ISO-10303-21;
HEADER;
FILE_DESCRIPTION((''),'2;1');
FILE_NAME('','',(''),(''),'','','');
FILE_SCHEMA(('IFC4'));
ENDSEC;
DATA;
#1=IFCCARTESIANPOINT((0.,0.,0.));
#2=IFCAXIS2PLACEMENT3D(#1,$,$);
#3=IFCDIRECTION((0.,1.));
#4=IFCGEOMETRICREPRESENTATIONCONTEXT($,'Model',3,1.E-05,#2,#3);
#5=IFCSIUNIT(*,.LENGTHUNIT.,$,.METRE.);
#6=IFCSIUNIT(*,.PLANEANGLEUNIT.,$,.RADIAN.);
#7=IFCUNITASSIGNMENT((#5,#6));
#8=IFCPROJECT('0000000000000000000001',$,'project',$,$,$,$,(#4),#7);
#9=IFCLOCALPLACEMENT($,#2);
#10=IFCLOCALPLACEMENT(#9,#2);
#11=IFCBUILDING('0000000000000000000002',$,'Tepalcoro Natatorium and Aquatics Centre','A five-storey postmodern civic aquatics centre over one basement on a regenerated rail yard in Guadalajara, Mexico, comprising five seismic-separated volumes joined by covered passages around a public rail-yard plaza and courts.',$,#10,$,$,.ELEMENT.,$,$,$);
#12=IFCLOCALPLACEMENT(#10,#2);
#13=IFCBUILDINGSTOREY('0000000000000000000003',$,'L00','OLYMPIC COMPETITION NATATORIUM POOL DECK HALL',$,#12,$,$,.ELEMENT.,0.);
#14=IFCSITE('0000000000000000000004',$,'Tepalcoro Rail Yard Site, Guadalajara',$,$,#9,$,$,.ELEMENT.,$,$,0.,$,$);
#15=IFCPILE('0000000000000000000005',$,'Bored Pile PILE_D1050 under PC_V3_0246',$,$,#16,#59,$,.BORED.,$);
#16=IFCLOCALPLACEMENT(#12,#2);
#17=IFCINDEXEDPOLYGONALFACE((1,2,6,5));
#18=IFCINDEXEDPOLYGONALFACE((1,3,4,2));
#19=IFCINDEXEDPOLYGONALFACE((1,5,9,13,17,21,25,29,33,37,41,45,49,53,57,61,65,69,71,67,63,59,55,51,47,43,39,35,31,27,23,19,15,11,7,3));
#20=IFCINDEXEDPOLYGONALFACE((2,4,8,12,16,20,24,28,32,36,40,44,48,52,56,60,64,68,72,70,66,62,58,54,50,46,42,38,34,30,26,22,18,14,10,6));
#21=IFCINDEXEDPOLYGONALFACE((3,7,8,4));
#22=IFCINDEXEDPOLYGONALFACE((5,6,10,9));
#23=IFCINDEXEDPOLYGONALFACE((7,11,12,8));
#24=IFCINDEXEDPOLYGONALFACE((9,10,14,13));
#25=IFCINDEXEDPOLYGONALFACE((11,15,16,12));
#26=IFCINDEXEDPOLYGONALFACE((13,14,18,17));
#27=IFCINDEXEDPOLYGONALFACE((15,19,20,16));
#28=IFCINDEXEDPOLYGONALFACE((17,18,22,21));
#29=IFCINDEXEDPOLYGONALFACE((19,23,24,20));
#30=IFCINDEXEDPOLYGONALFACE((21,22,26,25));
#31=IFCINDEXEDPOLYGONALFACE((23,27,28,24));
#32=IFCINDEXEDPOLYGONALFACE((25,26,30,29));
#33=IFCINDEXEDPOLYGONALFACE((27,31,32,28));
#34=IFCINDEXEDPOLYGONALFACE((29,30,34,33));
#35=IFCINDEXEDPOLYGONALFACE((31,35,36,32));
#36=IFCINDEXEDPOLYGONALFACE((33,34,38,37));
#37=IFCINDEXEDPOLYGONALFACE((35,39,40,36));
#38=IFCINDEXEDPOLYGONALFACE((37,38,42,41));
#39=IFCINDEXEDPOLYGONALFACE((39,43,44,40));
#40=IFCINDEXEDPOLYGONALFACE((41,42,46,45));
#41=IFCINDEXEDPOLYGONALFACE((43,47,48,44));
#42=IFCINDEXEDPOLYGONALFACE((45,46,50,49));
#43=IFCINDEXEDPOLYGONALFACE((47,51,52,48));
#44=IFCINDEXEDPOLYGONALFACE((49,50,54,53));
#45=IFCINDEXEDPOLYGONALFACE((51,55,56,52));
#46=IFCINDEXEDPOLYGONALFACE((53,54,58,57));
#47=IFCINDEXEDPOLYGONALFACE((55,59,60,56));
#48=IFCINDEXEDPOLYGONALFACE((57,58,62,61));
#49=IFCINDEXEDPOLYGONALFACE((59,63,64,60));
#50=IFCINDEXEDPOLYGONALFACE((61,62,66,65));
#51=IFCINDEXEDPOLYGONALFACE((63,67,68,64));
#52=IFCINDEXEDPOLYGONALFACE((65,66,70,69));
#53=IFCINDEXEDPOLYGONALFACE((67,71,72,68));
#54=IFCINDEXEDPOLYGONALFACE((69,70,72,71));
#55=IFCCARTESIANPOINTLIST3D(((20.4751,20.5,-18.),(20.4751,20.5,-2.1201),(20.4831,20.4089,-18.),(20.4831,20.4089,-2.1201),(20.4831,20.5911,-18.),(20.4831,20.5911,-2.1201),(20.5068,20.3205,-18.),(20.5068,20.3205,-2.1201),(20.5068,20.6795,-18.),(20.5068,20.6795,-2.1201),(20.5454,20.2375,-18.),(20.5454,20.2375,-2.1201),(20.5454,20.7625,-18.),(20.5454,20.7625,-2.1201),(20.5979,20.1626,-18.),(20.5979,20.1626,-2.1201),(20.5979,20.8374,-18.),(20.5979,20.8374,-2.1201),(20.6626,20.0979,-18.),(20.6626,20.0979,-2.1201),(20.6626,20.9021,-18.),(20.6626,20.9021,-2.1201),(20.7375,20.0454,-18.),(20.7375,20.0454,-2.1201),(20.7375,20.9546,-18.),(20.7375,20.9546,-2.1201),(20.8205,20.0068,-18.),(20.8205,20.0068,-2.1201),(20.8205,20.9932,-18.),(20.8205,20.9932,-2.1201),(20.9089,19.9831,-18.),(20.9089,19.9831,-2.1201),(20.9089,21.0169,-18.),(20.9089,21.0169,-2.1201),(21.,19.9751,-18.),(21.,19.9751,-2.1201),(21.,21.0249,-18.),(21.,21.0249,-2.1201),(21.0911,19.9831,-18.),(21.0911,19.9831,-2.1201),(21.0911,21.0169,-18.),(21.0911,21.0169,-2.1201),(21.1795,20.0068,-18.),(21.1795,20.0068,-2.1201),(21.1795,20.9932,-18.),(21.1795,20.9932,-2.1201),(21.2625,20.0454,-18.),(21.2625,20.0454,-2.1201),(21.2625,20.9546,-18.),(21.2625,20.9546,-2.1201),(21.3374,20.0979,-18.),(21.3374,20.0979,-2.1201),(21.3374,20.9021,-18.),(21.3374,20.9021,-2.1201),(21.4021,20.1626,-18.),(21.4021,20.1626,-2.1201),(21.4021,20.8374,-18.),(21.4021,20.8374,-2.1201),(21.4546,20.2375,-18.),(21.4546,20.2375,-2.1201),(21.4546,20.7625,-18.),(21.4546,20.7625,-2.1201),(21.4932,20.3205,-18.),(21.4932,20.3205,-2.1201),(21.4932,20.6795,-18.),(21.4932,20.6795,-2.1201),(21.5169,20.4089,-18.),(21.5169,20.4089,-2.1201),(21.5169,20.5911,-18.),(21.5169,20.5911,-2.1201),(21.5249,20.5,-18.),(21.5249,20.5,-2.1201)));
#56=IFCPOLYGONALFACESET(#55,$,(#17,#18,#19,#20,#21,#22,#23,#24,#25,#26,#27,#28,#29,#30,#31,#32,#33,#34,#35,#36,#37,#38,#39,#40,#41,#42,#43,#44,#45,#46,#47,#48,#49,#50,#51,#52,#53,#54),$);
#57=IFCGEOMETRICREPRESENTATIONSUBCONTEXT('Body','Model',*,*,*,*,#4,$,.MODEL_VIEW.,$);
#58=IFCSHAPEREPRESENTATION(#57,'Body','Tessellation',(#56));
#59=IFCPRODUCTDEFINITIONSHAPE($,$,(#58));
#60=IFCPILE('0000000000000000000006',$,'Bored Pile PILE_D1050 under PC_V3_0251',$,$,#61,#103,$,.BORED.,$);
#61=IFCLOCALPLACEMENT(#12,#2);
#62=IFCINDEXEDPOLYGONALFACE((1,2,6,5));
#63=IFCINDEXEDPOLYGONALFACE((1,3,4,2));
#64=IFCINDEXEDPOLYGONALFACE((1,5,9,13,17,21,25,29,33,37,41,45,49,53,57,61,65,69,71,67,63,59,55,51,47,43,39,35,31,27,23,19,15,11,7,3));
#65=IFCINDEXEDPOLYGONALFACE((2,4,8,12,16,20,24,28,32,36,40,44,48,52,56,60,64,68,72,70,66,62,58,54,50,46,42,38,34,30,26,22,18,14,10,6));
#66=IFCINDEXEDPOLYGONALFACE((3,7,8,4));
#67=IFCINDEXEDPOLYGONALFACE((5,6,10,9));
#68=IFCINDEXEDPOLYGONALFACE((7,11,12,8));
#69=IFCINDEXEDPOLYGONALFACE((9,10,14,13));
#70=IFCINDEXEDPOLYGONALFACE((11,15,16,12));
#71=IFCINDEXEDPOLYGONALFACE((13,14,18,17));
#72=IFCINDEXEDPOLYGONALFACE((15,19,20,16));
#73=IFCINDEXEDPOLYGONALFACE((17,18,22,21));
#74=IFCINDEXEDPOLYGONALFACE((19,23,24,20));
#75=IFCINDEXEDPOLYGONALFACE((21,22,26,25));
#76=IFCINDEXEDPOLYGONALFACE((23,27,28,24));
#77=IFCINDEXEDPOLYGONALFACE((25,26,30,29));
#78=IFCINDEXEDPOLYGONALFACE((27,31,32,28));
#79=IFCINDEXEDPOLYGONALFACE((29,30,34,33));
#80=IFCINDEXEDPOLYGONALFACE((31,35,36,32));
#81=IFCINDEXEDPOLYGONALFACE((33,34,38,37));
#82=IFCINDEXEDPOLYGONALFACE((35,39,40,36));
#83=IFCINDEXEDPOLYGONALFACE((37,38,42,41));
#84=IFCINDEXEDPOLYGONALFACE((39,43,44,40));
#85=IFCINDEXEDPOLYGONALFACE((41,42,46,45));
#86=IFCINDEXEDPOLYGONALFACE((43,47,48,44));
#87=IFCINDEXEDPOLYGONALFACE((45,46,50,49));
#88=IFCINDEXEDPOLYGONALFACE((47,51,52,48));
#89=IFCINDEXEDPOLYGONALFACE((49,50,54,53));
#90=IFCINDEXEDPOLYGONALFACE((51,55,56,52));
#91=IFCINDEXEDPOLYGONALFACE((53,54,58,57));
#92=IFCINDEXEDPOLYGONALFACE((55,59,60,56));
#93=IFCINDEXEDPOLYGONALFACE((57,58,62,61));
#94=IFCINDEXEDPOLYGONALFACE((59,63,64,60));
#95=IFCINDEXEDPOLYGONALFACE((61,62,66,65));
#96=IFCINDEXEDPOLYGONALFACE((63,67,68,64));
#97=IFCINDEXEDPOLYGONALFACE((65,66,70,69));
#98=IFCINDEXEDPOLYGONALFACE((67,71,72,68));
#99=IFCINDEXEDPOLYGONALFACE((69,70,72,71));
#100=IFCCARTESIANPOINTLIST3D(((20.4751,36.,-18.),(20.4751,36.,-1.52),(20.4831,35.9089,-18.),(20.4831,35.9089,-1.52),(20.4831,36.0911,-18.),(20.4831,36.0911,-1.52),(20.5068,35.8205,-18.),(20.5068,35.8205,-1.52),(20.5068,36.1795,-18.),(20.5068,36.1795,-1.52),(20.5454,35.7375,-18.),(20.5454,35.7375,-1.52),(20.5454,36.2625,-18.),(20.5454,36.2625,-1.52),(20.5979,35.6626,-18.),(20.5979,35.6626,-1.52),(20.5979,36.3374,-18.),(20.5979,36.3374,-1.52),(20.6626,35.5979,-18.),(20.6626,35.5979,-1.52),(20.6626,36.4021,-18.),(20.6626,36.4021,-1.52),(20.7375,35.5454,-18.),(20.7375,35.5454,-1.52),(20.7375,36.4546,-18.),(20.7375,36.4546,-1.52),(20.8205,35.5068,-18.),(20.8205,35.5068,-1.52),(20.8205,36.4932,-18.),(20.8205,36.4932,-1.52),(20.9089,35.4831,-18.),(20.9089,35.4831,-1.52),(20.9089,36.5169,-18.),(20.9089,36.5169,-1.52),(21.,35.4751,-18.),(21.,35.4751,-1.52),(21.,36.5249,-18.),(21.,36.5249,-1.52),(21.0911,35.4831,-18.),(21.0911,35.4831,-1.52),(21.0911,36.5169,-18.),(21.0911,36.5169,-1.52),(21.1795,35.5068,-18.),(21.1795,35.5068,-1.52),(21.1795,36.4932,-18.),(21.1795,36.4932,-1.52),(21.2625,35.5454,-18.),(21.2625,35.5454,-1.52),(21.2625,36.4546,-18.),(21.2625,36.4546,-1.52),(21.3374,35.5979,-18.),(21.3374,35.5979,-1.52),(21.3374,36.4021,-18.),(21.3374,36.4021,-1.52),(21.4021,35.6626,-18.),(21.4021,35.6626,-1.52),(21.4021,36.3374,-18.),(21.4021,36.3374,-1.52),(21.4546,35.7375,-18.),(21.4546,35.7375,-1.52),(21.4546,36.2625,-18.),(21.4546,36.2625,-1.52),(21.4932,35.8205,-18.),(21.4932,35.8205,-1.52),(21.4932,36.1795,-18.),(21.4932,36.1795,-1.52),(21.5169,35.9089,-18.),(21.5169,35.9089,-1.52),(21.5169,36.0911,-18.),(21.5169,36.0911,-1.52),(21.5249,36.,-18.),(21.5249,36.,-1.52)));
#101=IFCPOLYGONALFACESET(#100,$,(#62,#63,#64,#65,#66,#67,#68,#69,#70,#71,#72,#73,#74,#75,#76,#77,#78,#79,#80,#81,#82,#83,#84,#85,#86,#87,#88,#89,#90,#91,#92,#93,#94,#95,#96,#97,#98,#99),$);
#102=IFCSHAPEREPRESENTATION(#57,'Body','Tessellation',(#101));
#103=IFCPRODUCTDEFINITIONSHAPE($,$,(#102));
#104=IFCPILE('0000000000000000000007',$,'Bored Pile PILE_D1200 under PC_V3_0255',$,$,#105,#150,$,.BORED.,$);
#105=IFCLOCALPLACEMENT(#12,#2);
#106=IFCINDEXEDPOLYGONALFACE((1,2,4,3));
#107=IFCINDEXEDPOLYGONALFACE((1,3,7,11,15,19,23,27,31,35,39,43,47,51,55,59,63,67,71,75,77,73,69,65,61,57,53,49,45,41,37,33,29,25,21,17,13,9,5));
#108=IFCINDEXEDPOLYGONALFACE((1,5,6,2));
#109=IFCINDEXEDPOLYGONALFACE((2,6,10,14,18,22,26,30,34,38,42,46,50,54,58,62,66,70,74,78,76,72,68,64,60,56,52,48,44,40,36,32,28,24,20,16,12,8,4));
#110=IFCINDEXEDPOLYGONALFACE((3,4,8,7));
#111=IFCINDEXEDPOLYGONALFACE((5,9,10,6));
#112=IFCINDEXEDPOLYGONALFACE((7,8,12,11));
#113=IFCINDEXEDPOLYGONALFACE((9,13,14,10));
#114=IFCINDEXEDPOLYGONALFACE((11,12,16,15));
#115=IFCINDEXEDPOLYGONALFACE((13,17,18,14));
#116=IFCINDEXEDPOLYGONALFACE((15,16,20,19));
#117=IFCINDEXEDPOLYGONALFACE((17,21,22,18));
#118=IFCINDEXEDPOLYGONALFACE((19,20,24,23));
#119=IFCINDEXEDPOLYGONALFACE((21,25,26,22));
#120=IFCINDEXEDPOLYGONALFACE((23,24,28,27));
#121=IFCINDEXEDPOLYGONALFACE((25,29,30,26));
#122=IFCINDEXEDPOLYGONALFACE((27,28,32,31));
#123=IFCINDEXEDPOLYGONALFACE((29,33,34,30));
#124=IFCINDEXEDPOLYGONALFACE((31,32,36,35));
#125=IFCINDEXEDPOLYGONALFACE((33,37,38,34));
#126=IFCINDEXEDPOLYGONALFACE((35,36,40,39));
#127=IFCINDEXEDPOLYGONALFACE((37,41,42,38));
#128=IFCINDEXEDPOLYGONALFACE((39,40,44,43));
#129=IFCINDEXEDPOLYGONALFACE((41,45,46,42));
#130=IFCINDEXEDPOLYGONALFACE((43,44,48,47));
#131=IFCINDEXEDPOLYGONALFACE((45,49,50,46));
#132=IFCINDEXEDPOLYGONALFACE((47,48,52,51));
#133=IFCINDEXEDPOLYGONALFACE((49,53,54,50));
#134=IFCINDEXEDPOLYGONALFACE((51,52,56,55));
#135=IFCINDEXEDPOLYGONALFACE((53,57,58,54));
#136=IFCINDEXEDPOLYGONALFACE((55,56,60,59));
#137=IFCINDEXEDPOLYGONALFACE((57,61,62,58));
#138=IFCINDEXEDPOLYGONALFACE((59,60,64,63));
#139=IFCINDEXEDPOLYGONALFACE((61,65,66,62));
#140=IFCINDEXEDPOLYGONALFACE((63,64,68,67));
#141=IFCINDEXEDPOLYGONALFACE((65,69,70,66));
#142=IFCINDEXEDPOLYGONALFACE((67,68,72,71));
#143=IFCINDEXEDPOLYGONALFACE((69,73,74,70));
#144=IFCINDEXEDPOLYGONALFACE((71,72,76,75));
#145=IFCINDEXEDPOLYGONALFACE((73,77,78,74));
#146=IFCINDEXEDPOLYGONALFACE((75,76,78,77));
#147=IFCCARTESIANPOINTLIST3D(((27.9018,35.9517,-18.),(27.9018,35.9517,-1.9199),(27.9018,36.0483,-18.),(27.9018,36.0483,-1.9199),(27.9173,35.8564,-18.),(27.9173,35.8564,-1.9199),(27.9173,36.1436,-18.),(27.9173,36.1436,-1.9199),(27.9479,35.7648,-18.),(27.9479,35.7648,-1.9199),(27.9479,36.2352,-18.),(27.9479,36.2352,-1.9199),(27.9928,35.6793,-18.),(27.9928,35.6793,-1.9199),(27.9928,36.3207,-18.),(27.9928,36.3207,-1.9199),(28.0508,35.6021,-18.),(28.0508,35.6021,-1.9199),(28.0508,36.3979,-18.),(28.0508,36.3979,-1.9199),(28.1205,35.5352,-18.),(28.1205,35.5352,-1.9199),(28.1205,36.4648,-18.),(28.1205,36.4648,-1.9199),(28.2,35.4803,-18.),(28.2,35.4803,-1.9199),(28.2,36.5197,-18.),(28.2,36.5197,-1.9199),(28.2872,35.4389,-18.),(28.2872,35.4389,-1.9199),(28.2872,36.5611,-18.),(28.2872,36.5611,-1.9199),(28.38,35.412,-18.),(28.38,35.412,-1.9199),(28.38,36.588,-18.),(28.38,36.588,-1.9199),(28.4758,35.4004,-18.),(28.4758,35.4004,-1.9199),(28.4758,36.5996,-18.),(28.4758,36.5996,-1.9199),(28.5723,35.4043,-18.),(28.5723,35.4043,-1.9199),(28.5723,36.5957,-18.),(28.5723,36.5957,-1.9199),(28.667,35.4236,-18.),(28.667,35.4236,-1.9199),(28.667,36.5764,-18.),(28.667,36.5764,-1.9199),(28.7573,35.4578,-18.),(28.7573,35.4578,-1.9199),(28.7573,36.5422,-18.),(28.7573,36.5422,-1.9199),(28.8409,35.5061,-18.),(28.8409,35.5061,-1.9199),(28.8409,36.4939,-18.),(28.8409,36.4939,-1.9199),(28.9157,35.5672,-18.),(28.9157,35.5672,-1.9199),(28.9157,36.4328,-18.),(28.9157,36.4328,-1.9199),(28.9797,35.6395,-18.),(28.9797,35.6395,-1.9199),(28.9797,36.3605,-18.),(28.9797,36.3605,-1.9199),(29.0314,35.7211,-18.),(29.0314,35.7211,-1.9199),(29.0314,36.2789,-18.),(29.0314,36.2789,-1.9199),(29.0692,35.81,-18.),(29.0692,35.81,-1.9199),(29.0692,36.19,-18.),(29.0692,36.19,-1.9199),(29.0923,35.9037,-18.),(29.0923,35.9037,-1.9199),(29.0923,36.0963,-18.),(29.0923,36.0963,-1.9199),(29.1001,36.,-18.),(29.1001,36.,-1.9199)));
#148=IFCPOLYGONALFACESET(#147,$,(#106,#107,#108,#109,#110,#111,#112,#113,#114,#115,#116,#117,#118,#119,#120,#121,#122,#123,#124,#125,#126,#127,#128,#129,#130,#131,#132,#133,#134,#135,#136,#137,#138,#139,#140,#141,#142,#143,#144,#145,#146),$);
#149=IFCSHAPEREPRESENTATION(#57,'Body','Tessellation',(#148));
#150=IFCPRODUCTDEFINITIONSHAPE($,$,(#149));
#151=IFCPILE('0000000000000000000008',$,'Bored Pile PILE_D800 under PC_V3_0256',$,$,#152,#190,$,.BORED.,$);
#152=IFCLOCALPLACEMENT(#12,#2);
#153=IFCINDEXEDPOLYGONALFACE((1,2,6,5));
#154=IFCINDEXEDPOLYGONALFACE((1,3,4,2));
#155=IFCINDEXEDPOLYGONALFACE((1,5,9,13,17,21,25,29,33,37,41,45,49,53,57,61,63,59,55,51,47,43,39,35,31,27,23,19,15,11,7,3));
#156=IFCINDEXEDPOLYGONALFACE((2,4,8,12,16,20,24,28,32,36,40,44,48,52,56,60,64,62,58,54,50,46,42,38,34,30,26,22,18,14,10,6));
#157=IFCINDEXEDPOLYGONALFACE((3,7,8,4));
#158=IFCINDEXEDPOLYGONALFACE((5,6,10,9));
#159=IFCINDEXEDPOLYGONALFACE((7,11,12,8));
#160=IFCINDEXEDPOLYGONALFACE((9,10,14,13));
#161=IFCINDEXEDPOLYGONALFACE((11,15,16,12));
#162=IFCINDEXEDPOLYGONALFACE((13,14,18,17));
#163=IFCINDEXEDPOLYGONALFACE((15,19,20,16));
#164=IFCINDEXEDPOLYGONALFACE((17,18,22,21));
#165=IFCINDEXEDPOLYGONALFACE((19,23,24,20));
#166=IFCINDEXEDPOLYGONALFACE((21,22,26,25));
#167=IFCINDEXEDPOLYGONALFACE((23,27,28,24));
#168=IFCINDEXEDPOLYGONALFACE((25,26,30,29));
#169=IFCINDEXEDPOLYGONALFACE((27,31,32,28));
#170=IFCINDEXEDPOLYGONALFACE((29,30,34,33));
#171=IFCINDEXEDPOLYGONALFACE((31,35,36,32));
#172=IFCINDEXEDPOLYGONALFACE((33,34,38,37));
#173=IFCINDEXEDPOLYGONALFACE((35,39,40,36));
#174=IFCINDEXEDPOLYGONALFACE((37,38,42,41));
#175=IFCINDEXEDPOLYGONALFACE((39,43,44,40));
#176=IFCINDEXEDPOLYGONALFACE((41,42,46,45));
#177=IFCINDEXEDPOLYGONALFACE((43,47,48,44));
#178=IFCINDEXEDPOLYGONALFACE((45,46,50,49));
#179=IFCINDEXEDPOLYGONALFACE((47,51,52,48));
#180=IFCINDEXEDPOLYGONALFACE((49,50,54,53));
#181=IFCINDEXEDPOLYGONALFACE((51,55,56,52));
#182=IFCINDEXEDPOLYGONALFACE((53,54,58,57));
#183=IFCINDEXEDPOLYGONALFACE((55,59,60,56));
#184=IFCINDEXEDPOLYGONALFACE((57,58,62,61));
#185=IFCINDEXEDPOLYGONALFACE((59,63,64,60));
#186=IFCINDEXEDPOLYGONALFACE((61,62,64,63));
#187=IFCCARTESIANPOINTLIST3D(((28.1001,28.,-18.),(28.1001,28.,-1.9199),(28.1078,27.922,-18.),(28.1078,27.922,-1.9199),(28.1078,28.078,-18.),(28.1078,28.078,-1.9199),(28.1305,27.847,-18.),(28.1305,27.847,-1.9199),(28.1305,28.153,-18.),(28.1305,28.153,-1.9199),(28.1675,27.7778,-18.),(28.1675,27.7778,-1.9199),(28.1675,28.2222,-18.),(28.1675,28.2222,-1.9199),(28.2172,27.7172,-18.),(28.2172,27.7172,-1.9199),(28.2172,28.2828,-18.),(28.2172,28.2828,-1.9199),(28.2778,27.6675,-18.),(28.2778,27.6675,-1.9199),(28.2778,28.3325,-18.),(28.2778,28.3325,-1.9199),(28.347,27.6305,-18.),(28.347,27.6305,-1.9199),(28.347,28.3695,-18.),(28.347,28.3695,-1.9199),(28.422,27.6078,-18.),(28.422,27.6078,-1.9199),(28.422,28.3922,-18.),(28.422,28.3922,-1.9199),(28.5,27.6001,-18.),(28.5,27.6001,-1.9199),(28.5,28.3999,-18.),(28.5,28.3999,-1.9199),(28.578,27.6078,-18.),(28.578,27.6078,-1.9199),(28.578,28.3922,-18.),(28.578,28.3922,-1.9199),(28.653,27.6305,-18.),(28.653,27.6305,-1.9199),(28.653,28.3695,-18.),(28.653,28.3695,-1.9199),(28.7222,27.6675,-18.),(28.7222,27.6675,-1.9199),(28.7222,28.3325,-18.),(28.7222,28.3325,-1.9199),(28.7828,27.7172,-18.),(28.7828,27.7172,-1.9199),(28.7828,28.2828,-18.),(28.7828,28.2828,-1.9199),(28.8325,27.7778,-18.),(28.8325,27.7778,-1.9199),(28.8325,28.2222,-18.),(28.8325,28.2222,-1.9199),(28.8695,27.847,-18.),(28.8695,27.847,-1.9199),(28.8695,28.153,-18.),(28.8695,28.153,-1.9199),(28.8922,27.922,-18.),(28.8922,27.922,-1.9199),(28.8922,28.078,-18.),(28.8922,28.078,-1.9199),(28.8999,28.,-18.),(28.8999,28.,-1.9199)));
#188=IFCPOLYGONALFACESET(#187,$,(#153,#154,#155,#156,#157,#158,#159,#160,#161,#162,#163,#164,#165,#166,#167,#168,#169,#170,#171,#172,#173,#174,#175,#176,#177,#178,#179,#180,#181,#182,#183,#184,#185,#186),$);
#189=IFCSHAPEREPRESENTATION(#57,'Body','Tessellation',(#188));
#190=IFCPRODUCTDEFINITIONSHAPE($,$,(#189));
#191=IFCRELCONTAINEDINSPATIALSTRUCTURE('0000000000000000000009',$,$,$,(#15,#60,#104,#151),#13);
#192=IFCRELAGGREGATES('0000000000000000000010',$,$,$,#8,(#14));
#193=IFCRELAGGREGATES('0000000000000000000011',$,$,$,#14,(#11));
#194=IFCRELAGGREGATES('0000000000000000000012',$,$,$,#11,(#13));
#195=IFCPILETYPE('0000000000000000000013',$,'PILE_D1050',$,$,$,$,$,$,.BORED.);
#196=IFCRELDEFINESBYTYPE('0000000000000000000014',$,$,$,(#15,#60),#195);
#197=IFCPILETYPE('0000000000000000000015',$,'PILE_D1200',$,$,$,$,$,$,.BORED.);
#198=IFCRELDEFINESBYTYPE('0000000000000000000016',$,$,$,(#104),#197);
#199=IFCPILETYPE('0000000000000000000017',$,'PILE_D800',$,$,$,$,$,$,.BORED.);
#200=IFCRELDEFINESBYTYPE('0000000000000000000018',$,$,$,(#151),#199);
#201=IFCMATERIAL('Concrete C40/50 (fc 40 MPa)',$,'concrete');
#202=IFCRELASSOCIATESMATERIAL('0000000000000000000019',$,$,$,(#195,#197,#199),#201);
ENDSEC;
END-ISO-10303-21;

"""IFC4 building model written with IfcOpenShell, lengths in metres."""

from ifc_helpers import new_model, si_unit, direction, frame, origin, origin_2d, place, context, subcontext, project, spatial, circle, extrude, material, material_profile, profile_set, type_object, element, save


model = new_model("IFC4")

# Units and contexts
model_context = context("Model", 3, precision=1e-05, world=origin(), true_north=direction((0.0, 1.0)))
body_context = subcontext(model_context, "Body", "Model", "MODEL_VIEW")
ifc_project = project(units=[si_unit("LENGTHUNIT", "METRE"), si_unit("PLANEANGLEUNIT", "RADIAN")], contexts=[model_context])

# Site, building, storey
site_placement = place(None, origin())
site = spatial("IfcSite", under=ifc_project, at=site_placement, Name="Tepalcoro Rail Yard Site, Guadalajara", CompositionType="ELEMENT", RefElevation=0.0)
building_placement = place(site_placement, origin())
building = spatial("IfcBuilding", under=site, at=building_placement, Name="Tepalcoro Natatorium and Aquatics Centre", Description="A five-storey postmodern civic aquatics centre over one basement on a regenerated rail yard in Guadalajara, Mexico, comprising five seismic-separated volumes joined by covered passages around a public rail-yard plaza and courts.", CompositionType="ELEMENT")
storey_placement = place(building_placement, origin())
storey = spatial("IfcBuildingStorey", under=building, at=storey_placement, Name="L00", Description="OLYMPIC COMPETITION NATATORIUM POOL DECK HALL", CompositionType="ELEMENT", Elevation=0.0)

# Piles
ifc_material_1 = material(Name="Concrete C40/50 (fc 40 MPa)", Category="concrete")
ifc_material_profile_1 = material_profile(ifc_material_1, circle(Radius=0.5249, at=origin_2d()), Name="PILE_D1050")
ifc_profile_set_1 = profile_set([ifc_material_profile_1], Name="Concrete C40/50 (fc 40 MPa)")
pile_type_1 = type_object("IfcPileType", Name="PILE_D1050", PredefinedType="BORED", material=ifc_profile_set_1)
pile_1_placement = place(storey_placement, frame((21.0, 20.5, -2.1201), z_axis=(0.0, 0.0, -1.0), x_axis=(1.0, 0.0, 0.0)))
element("IfcPile", 1, at=pile_1_placement, inside=storey, type_object=pile_type_1, Name="Bored Pile PILE_D1050 under PC_V3_0246", PredefinedType="BORED", context=body_context, shape_type="SweptSolid", body=[
    extrude(circle(Radius=0.5249, at=origin_2d()), origin(), (0.0, 0.0, 1.0), 15.8799),
])
pile_2_placement = place(storey_placement, frame((21.0, 36.0, -1.52), z_axis=(0.0, 0.0, -1.0), x_axis=(1.0, 0.0, 0.0)))
element("IfcPile", 2, at=pile_2_placement, inside=storey, type_object=pile_type_1, Name="Bored Pile PILE_D1050 under PC_V3_0251", PredefinedType="BORED", context=body_context, shape_type="SweptSolid", body=[
    extrude(circle(Radius=0.5249, at=origin_2d()), origin(), (0.0, 0.0, 1.0), 16.48),
])
ifc_material_profile_2 = material_profile(ifc_material_1, circle(Radius=0.6001, at=origin_2d()), Name="PILE_D1200")
ifc_profile_set_2 = profile_set([ifc_material_profile_2], Name="Concrete C40/50 (fc 40 MPa)")
pile_type_2 = type_object("IfcPileType", Name="PILE_D1200", PredefinedType="BORED", material=ifc_profile_set_2)
pile_3_placement = place(storey_placement, frame((28.5, 36.0, -1.9199), z_axis=(0.0, 0.0, -1.0), x_axis=(1.0, 0.0, 0.0)))
element("IfcPile", 3, at=pile_3_placement, inside=storey, type_object=pile_type_2, Name="Bored Pile PILE_D1200 under PC_V3_0255", PredefinedType="BORED", context=body_context, shape_type="SweptSolid", body=[
    extrude(circle(Radius=0.6001, at=origin_2d()), origin(), (0.0, 0.0, 1.0), 16.0801),
])
ifc_material_profile_3 = material_profile(ifc_material_1, circle(Radius=0.3999, at=origin_2d()), Name="PILE_D800")
ifc_profile_set_3 = profile_set([ifc_material_profile_3], Name="Concrete C40/50 (fc 40 MPa)")
pile_type_3 = type_object("IfcPileType", Name="PILE_D800", PredefinedType="BORED", material=ifc_profile_set_3)
pile_4_placement = place(storey_placement, frame((28.5, 28.0, -1.9199), z_axis=(0.0, 0.0, -1.0), x_axis=(1.0, 0.0, 0.0)))
element("IfcPile", 4, at=pile_4_placement, inside=storey, type_object=pile_type_3, Name="Bored Pile PILE_D800 under PC_V3_0256", PredefinedType="BORED", context=body_context, shape_type="SweptSolid", body=[
    extrude(circle(Radius=0.3999, at=origin_2d()), origin(), (0.0, 0.0, 1.0), 16.0801),
])

save(model, "model.ifc")
